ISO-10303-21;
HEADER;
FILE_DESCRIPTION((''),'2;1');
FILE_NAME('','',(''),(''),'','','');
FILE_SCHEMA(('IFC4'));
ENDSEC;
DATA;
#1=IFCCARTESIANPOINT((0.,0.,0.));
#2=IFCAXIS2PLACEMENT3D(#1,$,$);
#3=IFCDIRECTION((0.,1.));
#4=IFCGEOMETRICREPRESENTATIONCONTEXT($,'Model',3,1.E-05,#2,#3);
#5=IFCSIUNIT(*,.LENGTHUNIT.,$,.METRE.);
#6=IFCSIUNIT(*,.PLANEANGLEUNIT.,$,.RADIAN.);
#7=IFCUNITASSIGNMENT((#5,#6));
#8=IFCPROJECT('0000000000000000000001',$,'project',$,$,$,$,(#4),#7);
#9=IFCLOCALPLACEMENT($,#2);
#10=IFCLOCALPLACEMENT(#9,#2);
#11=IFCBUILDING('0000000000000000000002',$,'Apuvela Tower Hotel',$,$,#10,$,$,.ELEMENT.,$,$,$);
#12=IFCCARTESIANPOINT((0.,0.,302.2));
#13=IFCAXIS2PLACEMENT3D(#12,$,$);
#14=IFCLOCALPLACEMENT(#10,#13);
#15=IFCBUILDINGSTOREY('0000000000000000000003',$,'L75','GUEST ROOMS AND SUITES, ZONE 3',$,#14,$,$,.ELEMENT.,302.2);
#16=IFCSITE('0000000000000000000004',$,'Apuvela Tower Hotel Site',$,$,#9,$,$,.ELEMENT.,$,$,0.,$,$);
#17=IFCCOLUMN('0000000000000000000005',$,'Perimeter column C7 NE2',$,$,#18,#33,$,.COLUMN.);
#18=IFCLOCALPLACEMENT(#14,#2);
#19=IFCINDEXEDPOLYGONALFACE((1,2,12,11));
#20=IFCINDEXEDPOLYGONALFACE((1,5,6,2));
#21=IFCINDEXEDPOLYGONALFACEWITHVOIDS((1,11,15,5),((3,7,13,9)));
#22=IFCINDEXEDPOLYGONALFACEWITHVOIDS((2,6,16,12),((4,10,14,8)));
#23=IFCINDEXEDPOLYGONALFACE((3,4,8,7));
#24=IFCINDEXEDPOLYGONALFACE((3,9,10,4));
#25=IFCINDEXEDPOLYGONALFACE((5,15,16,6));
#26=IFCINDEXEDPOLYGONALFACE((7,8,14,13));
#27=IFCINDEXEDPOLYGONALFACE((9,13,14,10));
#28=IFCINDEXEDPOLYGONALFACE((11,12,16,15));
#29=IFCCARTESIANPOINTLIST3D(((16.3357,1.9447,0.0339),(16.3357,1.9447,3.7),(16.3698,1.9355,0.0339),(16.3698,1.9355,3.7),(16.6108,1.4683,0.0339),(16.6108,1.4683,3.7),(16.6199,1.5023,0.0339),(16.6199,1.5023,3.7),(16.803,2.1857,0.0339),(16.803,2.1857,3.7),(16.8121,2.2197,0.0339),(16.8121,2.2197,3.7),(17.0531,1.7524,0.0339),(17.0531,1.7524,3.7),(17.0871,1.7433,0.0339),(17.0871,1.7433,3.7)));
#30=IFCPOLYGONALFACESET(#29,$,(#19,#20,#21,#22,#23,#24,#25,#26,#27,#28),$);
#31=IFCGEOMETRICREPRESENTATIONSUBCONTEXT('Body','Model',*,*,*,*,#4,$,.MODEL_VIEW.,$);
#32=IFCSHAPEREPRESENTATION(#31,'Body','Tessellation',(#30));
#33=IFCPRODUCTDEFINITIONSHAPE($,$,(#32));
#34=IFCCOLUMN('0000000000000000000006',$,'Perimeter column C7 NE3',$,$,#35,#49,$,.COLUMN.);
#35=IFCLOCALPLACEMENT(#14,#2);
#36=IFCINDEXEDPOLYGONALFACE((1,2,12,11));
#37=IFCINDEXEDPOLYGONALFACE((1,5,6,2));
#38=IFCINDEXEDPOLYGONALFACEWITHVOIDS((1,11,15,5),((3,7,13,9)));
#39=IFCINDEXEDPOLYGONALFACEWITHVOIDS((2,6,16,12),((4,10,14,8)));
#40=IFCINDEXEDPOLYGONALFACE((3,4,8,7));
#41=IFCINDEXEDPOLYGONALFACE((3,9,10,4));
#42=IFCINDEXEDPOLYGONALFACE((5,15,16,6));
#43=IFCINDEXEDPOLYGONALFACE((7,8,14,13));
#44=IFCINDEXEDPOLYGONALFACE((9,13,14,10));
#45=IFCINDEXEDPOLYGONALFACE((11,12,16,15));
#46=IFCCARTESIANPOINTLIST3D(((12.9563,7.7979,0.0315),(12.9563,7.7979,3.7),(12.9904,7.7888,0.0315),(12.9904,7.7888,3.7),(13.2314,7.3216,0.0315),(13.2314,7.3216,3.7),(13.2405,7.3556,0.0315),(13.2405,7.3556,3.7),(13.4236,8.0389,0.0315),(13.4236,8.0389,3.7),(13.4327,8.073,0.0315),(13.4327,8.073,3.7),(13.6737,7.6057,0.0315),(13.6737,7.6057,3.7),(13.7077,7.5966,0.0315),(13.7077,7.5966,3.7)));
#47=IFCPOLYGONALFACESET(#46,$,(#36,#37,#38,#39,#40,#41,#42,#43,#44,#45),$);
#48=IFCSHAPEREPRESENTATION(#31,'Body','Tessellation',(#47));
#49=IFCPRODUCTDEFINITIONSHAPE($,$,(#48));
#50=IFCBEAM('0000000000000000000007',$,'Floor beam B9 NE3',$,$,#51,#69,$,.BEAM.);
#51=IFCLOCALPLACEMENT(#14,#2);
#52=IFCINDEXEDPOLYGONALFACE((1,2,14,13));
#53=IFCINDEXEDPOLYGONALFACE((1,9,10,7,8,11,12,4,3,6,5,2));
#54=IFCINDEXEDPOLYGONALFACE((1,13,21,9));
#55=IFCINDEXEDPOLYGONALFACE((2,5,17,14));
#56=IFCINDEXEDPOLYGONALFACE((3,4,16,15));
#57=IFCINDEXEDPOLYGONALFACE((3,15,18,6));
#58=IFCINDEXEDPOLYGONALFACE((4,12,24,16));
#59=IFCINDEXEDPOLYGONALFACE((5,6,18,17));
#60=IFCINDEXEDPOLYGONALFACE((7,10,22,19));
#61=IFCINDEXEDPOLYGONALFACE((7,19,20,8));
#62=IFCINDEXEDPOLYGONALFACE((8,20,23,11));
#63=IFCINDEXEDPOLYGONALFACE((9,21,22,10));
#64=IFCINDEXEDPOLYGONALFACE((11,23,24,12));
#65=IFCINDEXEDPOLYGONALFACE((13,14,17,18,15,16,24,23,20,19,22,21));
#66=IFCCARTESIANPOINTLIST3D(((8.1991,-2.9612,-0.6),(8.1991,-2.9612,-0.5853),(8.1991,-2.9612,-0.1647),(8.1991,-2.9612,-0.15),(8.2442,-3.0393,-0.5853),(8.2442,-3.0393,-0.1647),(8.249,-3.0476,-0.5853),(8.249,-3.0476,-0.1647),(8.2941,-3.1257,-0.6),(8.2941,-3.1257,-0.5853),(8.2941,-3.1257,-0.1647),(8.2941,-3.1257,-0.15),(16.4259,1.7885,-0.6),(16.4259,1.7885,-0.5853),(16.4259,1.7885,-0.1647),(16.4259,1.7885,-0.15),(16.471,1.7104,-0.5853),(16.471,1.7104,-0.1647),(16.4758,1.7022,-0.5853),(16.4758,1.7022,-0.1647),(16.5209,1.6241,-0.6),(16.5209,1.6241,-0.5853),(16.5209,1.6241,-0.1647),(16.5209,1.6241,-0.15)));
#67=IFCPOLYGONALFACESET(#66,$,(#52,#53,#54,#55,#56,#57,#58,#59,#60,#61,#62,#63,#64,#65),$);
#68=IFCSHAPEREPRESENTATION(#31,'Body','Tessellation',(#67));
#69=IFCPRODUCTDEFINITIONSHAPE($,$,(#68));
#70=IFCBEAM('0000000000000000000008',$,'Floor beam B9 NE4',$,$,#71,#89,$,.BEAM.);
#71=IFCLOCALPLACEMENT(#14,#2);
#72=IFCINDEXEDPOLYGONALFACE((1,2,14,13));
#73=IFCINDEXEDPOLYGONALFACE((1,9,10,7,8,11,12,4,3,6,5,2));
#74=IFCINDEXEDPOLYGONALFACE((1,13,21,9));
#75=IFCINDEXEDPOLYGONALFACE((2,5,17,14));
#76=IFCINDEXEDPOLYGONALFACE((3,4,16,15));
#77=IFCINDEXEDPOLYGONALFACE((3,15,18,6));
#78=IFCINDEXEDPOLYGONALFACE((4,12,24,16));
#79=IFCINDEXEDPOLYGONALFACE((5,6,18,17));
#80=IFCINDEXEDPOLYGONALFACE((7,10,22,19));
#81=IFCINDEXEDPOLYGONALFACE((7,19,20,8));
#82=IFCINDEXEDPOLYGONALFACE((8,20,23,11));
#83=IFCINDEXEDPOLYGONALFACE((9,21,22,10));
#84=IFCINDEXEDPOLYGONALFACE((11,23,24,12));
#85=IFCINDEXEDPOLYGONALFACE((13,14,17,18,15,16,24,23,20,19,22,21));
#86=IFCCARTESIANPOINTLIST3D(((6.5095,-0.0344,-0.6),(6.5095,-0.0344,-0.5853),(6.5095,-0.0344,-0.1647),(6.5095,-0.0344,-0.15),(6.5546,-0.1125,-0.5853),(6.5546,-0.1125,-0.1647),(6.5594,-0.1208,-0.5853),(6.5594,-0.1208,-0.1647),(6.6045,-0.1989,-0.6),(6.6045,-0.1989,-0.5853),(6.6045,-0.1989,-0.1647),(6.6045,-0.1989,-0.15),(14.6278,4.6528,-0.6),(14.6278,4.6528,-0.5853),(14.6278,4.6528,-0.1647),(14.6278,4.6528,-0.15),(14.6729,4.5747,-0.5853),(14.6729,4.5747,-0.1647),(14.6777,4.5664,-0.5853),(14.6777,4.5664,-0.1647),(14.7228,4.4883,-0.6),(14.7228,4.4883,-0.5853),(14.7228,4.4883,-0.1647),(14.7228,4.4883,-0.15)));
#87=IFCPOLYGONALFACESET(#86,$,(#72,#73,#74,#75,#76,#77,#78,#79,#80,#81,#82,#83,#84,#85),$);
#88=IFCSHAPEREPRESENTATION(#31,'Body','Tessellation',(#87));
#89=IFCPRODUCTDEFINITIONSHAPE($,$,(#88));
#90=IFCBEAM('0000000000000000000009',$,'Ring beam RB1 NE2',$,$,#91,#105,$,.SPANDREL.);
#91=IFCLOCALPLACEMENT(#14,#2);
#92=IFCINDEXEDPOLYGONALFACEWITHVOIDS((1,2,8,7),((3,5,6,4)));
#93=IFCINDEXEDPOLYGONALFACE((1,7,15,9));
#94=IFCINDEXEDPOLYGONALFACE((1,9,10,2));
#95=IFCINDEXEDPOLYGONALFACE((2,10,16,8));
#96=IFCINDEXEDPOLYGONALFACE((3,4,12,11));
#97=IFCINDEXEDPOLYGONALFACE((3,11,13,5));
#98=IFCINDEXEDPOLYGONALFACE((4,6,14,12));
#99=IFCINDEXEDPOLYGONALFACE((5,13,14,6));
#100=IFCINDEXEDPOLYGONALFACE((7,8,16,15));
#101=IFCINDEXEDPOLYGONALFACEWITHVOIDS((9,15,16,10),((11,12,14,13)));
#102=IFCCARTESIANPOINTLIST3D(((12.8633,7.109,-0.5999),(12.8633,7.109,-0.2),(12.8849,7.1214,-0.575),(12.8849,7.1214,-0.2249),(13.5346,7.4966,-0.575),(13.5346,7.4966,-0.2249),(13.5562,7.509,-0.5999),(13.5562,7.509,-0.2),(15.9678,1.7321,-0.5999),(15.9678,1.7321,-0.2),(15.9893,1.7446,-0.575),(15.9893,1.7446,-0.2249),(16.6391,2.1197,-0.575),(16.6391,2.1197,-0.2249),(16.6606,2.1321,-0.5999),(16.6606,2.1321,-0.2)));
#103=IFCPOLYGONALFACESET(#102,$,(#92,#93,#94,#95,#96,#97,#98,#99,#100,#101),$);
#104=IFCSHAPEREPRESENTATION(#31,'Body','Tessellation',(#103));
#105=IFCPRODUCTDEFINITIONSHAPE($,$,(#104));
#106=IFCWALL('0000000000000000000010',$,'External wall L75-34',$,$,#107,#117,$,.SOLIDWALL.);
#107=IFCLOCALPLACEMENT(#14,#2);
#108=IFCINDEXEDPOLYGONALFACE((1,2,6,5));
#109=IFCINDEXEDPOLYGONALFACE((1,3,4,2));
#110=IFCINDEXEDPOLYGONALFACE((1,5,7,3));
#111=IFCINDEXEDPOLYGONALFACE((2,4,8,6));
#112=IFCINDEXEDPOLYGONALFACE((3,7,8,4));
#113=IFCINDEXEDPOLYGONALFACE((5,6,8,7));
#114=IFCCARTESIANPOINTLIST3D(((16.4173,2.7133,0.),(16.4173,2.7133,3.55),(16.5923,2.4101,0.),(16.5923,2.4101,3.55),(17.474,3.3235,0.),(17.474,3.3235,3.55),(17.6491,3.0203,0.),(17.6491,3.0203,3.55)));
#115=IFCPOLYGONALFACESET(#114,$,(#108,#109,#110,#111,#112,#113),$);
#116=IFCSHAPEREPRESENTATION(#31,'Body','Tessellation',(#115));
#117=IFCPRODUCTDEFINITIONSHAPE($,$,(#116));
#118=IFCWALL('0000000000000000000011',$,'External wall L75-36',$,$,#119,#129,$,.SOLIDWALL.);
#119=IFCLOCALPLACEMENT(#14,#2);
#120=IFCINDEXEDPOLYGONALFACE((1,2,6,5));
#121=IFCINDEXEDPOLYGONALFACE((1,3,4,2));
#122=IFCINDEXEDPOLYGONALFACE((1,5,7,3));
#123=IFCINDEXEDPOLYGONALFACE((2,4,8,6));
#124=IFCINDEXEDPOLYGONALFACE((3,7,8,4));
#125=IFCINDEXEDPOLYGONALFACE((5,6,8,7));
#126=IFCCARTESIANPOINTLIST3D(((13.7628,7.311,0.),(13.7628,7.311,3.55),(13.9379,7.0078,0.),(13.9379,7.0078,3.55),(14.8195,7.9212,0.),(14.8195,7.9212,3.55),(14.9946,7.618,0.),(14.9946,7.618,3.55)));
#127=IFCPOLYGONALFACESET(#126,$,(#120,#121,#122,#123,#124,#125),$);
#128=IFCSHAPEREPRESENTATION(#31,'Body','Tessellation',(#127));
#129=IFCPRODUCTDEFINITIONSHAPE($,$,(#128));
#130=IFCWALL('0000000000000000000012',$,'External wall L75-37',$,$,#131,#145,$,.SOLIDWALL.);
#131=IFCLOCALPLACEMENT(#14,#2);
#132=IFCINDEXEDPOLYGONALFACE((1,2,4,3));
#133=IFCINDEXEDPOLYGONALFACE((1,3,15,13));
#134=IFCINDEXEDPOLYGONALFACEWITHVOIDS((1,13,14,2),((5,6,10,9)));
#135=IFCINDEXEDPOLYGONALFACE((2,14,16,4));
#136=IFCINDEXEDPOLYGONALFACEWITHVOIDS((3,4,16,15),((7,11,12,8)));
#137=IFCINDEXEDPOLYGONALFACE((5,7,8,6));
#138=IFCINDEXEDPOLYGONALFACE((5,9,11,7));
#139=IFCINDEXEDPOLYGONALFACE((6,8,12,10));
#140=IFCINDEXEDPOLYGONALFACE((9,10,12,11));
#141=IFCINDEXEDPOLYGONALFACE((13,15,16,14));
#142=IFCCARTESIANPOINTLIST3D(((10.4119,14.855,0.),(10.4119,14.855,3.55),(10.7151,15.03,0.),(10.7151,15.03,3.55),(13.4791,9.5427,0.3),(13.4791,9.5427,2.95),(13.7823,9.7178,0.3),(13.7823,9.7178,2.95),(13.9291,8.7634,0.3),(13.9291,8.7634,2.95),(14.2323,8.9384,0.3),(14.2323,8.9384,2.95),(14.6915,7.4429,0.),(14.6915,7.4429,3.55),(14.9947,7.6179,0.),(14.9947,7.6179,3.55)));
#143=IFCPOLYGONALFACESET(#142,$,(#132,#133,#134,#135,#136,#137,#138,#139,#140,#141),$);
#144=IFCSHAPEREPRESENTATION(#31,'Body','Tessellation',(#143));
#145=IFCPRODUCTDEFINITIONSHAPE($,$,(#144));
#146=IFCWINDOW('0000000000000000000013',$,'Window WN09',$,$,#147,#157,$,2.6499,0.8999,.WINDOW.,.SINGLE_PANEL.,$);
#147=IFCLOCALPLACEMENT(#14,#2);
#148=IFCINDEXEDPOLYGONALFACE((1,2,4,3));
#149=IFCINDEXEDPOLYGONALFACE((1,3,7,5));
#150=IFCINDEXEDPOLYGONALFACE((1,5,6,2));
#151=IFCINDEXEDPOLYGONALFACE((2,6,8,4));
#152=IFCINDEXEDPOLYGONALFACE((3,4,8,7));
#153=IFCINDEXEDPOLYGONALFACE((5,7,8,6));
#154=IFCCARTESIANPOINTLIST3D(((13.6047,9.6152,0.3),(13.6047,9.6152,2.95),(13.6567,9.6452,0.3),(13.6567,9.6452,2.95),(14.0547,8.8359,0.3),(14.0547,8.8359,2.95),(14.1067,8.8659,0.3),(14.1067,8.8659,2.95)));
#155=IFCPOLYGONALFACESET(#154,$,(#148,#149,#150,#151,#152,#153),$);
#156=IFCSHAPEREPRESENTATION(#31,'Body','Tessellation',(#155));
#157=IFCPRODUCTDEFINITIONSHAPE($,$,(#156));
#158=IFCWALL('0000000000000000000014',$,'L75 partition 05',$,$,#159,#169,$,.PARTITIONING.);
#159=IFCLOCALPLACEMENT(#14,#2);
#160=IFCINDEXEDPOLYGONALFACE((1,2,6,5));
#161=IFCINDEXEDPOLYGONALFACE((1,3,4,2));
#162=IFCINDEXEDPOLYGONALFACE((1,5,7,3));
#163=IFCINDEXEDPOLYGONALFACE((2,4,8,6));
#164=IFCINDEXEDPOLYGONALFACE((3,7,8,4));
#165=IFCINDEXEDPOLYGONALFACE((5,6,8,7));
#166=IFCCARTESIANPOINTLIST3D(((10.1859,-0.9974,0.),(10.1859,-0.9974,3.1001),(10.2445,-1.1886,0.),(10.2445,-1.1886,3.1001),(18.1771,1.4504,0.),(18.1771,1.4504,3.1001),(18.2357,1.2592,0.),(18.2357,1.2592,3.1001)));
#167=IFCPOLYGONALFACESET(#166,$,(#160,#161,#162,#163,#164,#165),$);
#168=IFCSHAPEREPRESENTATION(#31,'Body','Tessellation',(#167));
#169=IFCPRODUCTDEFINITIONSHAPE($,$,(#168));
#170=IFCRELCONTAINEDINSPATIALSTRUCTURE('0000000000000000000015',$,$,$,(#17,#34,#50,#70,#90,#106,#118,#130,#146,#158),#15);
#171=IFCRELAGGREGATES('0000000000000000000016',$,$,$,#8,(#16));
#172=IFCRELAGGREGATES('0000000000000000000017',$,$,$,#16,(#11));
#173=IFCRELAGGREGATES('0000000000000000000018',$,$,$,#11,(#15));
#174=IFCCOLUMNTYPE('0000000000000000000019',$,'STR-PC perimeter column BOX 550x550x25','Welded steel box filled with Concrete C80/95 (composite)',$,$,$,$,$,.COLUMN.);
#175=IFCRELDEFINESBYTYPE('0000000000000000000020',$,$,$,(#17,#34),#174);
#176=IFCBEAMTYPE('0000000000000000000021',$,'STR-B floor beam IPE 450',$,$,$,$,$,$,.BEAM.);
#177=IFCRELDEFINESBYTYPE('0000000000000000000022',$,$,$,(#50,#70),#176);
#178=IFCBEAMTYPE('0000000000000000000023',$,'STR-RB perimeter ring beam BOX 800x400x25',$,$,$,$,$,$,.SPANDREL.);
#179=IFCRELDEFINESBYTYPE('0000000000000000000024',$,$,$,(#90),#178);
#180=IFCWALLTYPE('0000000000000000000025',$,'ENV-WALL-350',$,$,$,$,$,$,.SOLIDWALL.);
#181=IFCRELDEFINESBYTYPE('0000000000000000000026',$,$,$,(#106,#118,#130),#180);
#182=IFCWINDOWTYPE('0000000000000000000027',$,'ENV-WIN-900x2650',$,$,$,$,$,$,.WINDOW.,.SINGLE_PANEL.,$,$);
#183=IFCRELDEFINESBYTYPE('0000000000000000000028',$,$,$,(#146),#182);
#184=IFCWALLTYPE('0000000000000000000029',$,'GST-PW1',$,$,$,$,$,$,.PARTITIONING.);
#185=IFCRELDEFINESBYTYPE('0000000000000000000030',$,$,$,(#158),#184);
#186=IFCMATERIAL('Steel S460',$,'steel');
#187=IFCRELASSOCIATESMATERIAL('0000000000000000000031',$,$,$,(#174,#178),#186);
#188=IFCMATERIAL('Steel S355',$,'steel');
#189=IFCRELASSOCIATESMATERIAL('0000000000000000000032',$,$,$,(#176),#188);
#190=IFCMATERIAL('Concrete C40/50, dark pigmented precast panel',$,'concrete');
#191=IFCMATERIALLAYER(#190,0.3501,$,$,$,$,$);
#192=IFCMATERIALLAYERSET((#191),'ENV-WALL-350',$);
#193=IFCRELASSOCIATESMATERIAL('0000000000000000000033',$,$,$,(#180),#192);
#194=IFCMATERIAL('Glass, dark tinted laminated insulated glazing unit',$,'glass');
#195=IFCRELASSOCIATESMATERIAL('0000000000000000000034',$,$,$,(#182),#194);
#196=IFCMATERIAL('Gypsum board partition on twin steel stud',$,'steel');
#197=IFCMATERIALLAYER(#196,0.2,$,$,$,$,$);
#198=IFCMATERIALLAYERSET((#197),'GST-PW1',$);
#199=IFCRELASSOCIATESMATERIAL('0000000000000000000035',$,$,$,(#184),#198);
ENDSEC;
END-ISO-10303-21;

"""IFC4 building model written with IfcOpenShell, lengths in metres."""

from ifc_helpers import new_model, si_unit, direction, frame, frame_2d, origin, origin_2d, place, context, subcontext, project, spatial, rectangle, hollow_rectangle, i_section, extrude, boolean, halfspace, material, layer, layer_set, material_profile, profile_set, type_object, element, fill, save


model = new_model("IFC4")

# Units and contexts
model_context = context("Model", 3, precision=1e-05, world=origin(), true_north=direction((0.0, 1.0)))
body_context = subcontext(model_context, "Body", "Model", "MODEL_VIEW")
ifc_project = project(units=[si_unit("LENGTHUNIT", "METRE"), si_unit("PLANEANGLEUNIT", "RADIAN")], contexts=[model_context])

# Site, building, storey
site_placement = place(None, origin())
site = spatial("IfcSite", under=ifc_project, at=site_placement, Name="Apuvela Tower Hotel Site", CompositionType="ELEMENT", RefElevation=0.0)
building_placement = place(site_placement, origin())
building = spatial("IfcBuilding", under=site, at=building_placement, Name="Apuvela Tower Hotel", CompositionType="ELEMENT")
storey_placement = place(building_placement, frame((0.0, 0.0, 302.2)))
storey = spatial("IfcBuildingStorey", under=building, at=storey_placement, Name="L75", Description="GUEST ROOMS AND SUITES, ZONE 3", CompositionType="ELEMENT", Elevation=302.2)

# Columns
ifc_material_1 = material(Name="Steel S460", Category="steel")
ifc_material_profile_1 = material_profile(ifc_material_1, hollow_rectangle(XDim=0.55, YDim=0.55, WallThickness=0.0249, at=origin_2d()), Name="BOX 550x550x25")
ifc_material_2 = material(Name="Concrete C80/95", Category="concrete")
ifc_material_profile_2 = material_profile(ifc_material_2, rectangle(XDim=0.5, YDim=0.5, at=origin_2d()), Name="Concrete C80/95 infill")
ifc_profile_set_1 = profile_set([ifc_material_profile_1, ifc_material_profile_2], Name="Steel S460")
column_type = type_object("IfcColumnType", Name="STR-PC perimeter column BOX 550x550x25", Description="Welded steel box filled with Concrete C80/95 (composite)", PredefinedType="COLUMN", material=ifc_profile_set_1)
column_1_placement = place(storey_placement, frame((16.7114, 1.844, 0.0), z_axis=(0.0, 0.0, 1.0), x_axis=(-0.5, 0.866025, 0.0)))
element("IfcColumn", 1, at=column_1_placement, inside=storey, type_object=column_type, Name="Perimeter column C7 NE2", PredefinedType="COLUMN", context=body_context, shape_type="SweptSolid", body=[
    boolean("DIFFERENCE", extrude(hollow_rectangle(XDim=0.55, YDim=0.55, WallThickness=0.0249, at=origin_2d()), origin(), (0.0, 0.0, 1.0), 3.7), halfspace(frame((0.0, 0.0, 0.0339), z_axis=(0.0, 0.0, 1.0), x_axis=(1.0, 0.0, 0.0)), True)),
])
column_2_placement = place(storey_placement, frame((13.332, 7.6973, 0.0), z_axis=(0.0, 0.0, 1.0), x_axis=(-0.5, 0.866025, 0.0)))
element("IfcColumn", 2, at=column_2_placement, inside=storey, type_object=column_type, Name="Perimeter column C7 NE3", PredefinedType="COLUMN", context=body_context, shape_type="SweptSolid", body=[
    boolean("DIFFERENCE", extrude(hollow_rectangle(XDim=0.55, YDim=0.55, WallThickness=0.0249, at=origin_2d()), origin(), (0.0, 0.0, 1.0), 3.7), halfspace(frame((0.0, 0.0, 0.0315), z_axis=(0.0, 0.0, 1.0), x_axis=(1.0, 0.0, 0.0)), True)),
])

# Beams
ifc_material_3 = material(Name="Steel S355", Category="steel")
ifc_material_profile_3 = material_profile(ifc_material_3, i_section(OverallWidth=0.1899, OverallDepth=0.45, WebThickness=0.0095, FlangeThickness=0.0146, at=origin_2d()), Name="IPE 450")
ifc_profile_set_2 = profile_set([ifc_material_profile_3], Name="Steel S355")
beam_type_1 = type_object("IfcBeamType", Name="STR-B floor beam IPE 450", PredefinedType="BEAM", material=ifc_profile_set_2)
beam_1_placement = place(storey_placement, frame((16.4734, 1.7063, -0.375), z_axis=(-0.866025, -0.500001, 0.0), x_axis=(0.500001, -0.866025, 0.0)))
element("IfcBeam", 3, at=beam_1_placement, inside=storey, type_object=beam_type_1, Name="Floor beam B9 NE3", PredefinedType="BEAM", context=body_context, shape_type="SweptSolid", body=[
    extrude(i_section(OverallWidth=0.1899, OverallDepth=0.45, WebThickness=0.0095, FlangeThickness=0.0146, at=origin_2d()), origin(), (0.0, 0.0, 1.0), 9.4995),
])
beam_2_placement = place(storey_placement, frame((14.6753, 4.5706, -0.375), z_axis=(-0.866021, -0.500007, 0.0), x_axis=(0.500007, -0.866021, 0.0)))
element("IfcBeam", 4, at=beam_2_placement, inside=storey, type_object=beam_type_1, Name="Floor beam B9 NE4", PredefinedType="BEAM", context=body_context, shape_type="SweptSolid", body=[
    extrude(i_section(OverallWidth=0.1899, OverallDepth=0.45, WebThickness=0.0095, FlangeThickness=0.0146, at=origin_2d()), origin(), (0.0, 0.0, 1.0), 9.3743),
])
ifc_material_profile_4 = material_profile(ifc_material_1, hollow_rectangle(XDim=0.8, YDim=0.3999, WallThickness=0.0249, at=origin_2d()), Name="BOX 800x400x25")
ifc_profile_set_3 = profile_set([ifc_material_profile_4], Name="Steel S460")
beam_type_2 = type_object("IfcBeamType", Name="STR-RB perimeter ring beam BOX 800x400x25", PredefinedType="SPANDREL", material=ifc_profile_set_3)
beam_3_placement = place(storey_placement, frame((16.3142, 1.9321, -0.3999), z_axis=(-0.500013, 0.866018, 0.0), x_axis=(-0.866018, -0.500013, 0.0)))
element("IfcBeam", 5, at=beam_3_placement, inside=storey, type_object=beam_type_2, Name="Ring beam RB1 NE2", PredefinedType="SPANDREL", context=body_context, shape_type="SweptSolid", body=[
    extrude(hollow_rectangle(XDim=0.8, YDim=0.3999, WallThickness=0.0249, at=origin_2d()), origin(), (0.0, 0.0, 1.0), 6.2087),
])

# Wall
ifc_material_4 = material(Name="Concrete C40/50, dark pigmented precast panel", Category="concrete")
ifc_layer_1 = layer(ifc_material_4, 0.3501)
ifc_layer_set_1 = layer_set([ifc_layer_1], Name="ENV-WALL-350")
wall_type_1 = type_object("IfcWallType", Name="ENV-WALL-350", PredefinedType="SOLIDWALL", material=ifc_layer_set_1)
wall_1_placement = place(storey_placement, frame((17.5615, 3.1719, 0.0), z_axis=(0.0, 0.0, 1.0), x_axis=(-0.866006, -0.500034, 0.0)))
element("IfcWall", 6, at=wall_1_placement, inside=storey, type_object=wall_type_1, Name="External wall L75-34", PredefinedType="SOLIDWALL", context=body_context, shape_type="SweptSolid", body=[
    extrude(rectangle(XDim=1.2202, YDim=0.3501, at=frame_2d((0.6101, 0.0))), origin(), (0.0, 0.0, 1.0), 3.55),
])

# Shared definitions
ifc_material_5 = material(Name="Glass, dark tinted laminated insulated glazing unit", Category="glass")
window_type = type_object("IfcWindowType", Name="ENV-WIN-900x2650", PartitioningType="SINGLE_PANEL", PredefinedType="WINDOW", material=ifc_material_5)

# Wall
wall_2_placement = place(storey_placement, frame((13.8503, 7.1594, 0.0), z_axis=(0.0, 0.0, 1.0), x_axis=(0.866006, 0.500034, 0.0)))
element("IfcWall", 7, at=wall_2_placement, inside=storey, type_object=wall_type_1, Name="External wall L75-36", PredefinedType="SOLIDWALL", context=body_context, shape_type="SweptSolid", body=[
    extrude(rectangle(XDim=1.2202, YDim=0.3501, at=frame_2d((0.6101, 0.0))), origin(), (0.0, 0.0, 1.0), 3.55),
])

# Wall, opening, window
wall_3_placement = place(storey_placement, frame((14.843, 7.5305, 0.0), z_axis=(0.0, 0.0, 1.0), x_axis=(-0.500014, 0.866017, 0.0)))
wall_3 = element("IfcWall", 8, at=wall_3_placement, inside=storey, type_object=wall_type_1, Name="External wall L75-37", PredefinedType="SOLIDWALL", context=body_context, shape_type="SweptSolid", body=[
    extrude(rectangle(XDim=8.5588, YDim=0.3501, at=frame_2d((4.2793, 0.0))), origin(), (0.0, 0.0, 1.0), 3.55),
])
opening_1_placement = place(wall_3_placement, frame((1.5247, 0.0, 0.3)))
opening_1 = element("IfcOpeningElement", 9, at=opening_1_placement, cuts=wall_3, PredefinedType="OPENING", context=body_context, shape_type="SweptSolid", body=[
    extrude(rectangle(XDim=0.8999, YDim=2.6499, at=frame_2d((0.45, 1.325))), frame((0.0, 0.1851, 0.0), z_axis=(0.0, -1.0, 0.0), x_axis=(1.0, 0.0, 0.0)), (0.0, 0.0, 1.0), 0.3701),
])
window_1_placement = place(opening_1_placement, origin())
window_1 = element("IfcWindow", 10, at=window_1_placement, inside=storey, type_object=window_type, Name="Window WN09", OverallHeight=2.6499, OverallWidth=0.8999, PartitioningType="SINGLE_PANEL", PredefinedType="WINDOW", context=body_context, shape_type="SweptSolid", body=[
    extrude(rectangle(XDim=0.8999, YDim=2.6499, at=frame_2d((0.45, 1.325))), frame((0.0, 0.03, 0.0), z_axis=(0.0, -1.0, 0.0), x_axis=(1.0, 0.0, 0.0)), (0.0, 0.0, 1.0), 0.0601),
])
fill(opening_1, window_1)

# Wall
ifc_material_6 = material(Name="Gypsum board partition on twin steel stud", Category="steel")
ifc_layer_2 = layer(ifc_material_6, 0.2)
ifc_layer_set_2 = layer_set([ifc_layer_2], Name="GST-PW1")
wall_type_2 = type_object("IfcWallType", Name="GST-PW1", PredefinedType="PARTITIONING", material=ifc_layer_set_2)
wall_4_placement = place(storey_placement, frame((18.2063, 1.3547, 0.0), z_axis=(0.0, 0.0, 1.0), x_axis=(-0.956151, -0.292875, 0.0)))
element("IfcWall", 11, at=wall_4_placement, inside=storey, type_object=wall_type_2, Name="L75 partition 05", PredefinedType="PARTITIONING", context=body_context, shape_type="SweptSolid", body=[
    extrude(rectangle(XDim=8.3577, YDim=0.2, at=frame_2d((4.1787, 0.0))), origin(), (0.0, 0.0, 1.0), 3.1001),
])

save(model, "model.ifc")
